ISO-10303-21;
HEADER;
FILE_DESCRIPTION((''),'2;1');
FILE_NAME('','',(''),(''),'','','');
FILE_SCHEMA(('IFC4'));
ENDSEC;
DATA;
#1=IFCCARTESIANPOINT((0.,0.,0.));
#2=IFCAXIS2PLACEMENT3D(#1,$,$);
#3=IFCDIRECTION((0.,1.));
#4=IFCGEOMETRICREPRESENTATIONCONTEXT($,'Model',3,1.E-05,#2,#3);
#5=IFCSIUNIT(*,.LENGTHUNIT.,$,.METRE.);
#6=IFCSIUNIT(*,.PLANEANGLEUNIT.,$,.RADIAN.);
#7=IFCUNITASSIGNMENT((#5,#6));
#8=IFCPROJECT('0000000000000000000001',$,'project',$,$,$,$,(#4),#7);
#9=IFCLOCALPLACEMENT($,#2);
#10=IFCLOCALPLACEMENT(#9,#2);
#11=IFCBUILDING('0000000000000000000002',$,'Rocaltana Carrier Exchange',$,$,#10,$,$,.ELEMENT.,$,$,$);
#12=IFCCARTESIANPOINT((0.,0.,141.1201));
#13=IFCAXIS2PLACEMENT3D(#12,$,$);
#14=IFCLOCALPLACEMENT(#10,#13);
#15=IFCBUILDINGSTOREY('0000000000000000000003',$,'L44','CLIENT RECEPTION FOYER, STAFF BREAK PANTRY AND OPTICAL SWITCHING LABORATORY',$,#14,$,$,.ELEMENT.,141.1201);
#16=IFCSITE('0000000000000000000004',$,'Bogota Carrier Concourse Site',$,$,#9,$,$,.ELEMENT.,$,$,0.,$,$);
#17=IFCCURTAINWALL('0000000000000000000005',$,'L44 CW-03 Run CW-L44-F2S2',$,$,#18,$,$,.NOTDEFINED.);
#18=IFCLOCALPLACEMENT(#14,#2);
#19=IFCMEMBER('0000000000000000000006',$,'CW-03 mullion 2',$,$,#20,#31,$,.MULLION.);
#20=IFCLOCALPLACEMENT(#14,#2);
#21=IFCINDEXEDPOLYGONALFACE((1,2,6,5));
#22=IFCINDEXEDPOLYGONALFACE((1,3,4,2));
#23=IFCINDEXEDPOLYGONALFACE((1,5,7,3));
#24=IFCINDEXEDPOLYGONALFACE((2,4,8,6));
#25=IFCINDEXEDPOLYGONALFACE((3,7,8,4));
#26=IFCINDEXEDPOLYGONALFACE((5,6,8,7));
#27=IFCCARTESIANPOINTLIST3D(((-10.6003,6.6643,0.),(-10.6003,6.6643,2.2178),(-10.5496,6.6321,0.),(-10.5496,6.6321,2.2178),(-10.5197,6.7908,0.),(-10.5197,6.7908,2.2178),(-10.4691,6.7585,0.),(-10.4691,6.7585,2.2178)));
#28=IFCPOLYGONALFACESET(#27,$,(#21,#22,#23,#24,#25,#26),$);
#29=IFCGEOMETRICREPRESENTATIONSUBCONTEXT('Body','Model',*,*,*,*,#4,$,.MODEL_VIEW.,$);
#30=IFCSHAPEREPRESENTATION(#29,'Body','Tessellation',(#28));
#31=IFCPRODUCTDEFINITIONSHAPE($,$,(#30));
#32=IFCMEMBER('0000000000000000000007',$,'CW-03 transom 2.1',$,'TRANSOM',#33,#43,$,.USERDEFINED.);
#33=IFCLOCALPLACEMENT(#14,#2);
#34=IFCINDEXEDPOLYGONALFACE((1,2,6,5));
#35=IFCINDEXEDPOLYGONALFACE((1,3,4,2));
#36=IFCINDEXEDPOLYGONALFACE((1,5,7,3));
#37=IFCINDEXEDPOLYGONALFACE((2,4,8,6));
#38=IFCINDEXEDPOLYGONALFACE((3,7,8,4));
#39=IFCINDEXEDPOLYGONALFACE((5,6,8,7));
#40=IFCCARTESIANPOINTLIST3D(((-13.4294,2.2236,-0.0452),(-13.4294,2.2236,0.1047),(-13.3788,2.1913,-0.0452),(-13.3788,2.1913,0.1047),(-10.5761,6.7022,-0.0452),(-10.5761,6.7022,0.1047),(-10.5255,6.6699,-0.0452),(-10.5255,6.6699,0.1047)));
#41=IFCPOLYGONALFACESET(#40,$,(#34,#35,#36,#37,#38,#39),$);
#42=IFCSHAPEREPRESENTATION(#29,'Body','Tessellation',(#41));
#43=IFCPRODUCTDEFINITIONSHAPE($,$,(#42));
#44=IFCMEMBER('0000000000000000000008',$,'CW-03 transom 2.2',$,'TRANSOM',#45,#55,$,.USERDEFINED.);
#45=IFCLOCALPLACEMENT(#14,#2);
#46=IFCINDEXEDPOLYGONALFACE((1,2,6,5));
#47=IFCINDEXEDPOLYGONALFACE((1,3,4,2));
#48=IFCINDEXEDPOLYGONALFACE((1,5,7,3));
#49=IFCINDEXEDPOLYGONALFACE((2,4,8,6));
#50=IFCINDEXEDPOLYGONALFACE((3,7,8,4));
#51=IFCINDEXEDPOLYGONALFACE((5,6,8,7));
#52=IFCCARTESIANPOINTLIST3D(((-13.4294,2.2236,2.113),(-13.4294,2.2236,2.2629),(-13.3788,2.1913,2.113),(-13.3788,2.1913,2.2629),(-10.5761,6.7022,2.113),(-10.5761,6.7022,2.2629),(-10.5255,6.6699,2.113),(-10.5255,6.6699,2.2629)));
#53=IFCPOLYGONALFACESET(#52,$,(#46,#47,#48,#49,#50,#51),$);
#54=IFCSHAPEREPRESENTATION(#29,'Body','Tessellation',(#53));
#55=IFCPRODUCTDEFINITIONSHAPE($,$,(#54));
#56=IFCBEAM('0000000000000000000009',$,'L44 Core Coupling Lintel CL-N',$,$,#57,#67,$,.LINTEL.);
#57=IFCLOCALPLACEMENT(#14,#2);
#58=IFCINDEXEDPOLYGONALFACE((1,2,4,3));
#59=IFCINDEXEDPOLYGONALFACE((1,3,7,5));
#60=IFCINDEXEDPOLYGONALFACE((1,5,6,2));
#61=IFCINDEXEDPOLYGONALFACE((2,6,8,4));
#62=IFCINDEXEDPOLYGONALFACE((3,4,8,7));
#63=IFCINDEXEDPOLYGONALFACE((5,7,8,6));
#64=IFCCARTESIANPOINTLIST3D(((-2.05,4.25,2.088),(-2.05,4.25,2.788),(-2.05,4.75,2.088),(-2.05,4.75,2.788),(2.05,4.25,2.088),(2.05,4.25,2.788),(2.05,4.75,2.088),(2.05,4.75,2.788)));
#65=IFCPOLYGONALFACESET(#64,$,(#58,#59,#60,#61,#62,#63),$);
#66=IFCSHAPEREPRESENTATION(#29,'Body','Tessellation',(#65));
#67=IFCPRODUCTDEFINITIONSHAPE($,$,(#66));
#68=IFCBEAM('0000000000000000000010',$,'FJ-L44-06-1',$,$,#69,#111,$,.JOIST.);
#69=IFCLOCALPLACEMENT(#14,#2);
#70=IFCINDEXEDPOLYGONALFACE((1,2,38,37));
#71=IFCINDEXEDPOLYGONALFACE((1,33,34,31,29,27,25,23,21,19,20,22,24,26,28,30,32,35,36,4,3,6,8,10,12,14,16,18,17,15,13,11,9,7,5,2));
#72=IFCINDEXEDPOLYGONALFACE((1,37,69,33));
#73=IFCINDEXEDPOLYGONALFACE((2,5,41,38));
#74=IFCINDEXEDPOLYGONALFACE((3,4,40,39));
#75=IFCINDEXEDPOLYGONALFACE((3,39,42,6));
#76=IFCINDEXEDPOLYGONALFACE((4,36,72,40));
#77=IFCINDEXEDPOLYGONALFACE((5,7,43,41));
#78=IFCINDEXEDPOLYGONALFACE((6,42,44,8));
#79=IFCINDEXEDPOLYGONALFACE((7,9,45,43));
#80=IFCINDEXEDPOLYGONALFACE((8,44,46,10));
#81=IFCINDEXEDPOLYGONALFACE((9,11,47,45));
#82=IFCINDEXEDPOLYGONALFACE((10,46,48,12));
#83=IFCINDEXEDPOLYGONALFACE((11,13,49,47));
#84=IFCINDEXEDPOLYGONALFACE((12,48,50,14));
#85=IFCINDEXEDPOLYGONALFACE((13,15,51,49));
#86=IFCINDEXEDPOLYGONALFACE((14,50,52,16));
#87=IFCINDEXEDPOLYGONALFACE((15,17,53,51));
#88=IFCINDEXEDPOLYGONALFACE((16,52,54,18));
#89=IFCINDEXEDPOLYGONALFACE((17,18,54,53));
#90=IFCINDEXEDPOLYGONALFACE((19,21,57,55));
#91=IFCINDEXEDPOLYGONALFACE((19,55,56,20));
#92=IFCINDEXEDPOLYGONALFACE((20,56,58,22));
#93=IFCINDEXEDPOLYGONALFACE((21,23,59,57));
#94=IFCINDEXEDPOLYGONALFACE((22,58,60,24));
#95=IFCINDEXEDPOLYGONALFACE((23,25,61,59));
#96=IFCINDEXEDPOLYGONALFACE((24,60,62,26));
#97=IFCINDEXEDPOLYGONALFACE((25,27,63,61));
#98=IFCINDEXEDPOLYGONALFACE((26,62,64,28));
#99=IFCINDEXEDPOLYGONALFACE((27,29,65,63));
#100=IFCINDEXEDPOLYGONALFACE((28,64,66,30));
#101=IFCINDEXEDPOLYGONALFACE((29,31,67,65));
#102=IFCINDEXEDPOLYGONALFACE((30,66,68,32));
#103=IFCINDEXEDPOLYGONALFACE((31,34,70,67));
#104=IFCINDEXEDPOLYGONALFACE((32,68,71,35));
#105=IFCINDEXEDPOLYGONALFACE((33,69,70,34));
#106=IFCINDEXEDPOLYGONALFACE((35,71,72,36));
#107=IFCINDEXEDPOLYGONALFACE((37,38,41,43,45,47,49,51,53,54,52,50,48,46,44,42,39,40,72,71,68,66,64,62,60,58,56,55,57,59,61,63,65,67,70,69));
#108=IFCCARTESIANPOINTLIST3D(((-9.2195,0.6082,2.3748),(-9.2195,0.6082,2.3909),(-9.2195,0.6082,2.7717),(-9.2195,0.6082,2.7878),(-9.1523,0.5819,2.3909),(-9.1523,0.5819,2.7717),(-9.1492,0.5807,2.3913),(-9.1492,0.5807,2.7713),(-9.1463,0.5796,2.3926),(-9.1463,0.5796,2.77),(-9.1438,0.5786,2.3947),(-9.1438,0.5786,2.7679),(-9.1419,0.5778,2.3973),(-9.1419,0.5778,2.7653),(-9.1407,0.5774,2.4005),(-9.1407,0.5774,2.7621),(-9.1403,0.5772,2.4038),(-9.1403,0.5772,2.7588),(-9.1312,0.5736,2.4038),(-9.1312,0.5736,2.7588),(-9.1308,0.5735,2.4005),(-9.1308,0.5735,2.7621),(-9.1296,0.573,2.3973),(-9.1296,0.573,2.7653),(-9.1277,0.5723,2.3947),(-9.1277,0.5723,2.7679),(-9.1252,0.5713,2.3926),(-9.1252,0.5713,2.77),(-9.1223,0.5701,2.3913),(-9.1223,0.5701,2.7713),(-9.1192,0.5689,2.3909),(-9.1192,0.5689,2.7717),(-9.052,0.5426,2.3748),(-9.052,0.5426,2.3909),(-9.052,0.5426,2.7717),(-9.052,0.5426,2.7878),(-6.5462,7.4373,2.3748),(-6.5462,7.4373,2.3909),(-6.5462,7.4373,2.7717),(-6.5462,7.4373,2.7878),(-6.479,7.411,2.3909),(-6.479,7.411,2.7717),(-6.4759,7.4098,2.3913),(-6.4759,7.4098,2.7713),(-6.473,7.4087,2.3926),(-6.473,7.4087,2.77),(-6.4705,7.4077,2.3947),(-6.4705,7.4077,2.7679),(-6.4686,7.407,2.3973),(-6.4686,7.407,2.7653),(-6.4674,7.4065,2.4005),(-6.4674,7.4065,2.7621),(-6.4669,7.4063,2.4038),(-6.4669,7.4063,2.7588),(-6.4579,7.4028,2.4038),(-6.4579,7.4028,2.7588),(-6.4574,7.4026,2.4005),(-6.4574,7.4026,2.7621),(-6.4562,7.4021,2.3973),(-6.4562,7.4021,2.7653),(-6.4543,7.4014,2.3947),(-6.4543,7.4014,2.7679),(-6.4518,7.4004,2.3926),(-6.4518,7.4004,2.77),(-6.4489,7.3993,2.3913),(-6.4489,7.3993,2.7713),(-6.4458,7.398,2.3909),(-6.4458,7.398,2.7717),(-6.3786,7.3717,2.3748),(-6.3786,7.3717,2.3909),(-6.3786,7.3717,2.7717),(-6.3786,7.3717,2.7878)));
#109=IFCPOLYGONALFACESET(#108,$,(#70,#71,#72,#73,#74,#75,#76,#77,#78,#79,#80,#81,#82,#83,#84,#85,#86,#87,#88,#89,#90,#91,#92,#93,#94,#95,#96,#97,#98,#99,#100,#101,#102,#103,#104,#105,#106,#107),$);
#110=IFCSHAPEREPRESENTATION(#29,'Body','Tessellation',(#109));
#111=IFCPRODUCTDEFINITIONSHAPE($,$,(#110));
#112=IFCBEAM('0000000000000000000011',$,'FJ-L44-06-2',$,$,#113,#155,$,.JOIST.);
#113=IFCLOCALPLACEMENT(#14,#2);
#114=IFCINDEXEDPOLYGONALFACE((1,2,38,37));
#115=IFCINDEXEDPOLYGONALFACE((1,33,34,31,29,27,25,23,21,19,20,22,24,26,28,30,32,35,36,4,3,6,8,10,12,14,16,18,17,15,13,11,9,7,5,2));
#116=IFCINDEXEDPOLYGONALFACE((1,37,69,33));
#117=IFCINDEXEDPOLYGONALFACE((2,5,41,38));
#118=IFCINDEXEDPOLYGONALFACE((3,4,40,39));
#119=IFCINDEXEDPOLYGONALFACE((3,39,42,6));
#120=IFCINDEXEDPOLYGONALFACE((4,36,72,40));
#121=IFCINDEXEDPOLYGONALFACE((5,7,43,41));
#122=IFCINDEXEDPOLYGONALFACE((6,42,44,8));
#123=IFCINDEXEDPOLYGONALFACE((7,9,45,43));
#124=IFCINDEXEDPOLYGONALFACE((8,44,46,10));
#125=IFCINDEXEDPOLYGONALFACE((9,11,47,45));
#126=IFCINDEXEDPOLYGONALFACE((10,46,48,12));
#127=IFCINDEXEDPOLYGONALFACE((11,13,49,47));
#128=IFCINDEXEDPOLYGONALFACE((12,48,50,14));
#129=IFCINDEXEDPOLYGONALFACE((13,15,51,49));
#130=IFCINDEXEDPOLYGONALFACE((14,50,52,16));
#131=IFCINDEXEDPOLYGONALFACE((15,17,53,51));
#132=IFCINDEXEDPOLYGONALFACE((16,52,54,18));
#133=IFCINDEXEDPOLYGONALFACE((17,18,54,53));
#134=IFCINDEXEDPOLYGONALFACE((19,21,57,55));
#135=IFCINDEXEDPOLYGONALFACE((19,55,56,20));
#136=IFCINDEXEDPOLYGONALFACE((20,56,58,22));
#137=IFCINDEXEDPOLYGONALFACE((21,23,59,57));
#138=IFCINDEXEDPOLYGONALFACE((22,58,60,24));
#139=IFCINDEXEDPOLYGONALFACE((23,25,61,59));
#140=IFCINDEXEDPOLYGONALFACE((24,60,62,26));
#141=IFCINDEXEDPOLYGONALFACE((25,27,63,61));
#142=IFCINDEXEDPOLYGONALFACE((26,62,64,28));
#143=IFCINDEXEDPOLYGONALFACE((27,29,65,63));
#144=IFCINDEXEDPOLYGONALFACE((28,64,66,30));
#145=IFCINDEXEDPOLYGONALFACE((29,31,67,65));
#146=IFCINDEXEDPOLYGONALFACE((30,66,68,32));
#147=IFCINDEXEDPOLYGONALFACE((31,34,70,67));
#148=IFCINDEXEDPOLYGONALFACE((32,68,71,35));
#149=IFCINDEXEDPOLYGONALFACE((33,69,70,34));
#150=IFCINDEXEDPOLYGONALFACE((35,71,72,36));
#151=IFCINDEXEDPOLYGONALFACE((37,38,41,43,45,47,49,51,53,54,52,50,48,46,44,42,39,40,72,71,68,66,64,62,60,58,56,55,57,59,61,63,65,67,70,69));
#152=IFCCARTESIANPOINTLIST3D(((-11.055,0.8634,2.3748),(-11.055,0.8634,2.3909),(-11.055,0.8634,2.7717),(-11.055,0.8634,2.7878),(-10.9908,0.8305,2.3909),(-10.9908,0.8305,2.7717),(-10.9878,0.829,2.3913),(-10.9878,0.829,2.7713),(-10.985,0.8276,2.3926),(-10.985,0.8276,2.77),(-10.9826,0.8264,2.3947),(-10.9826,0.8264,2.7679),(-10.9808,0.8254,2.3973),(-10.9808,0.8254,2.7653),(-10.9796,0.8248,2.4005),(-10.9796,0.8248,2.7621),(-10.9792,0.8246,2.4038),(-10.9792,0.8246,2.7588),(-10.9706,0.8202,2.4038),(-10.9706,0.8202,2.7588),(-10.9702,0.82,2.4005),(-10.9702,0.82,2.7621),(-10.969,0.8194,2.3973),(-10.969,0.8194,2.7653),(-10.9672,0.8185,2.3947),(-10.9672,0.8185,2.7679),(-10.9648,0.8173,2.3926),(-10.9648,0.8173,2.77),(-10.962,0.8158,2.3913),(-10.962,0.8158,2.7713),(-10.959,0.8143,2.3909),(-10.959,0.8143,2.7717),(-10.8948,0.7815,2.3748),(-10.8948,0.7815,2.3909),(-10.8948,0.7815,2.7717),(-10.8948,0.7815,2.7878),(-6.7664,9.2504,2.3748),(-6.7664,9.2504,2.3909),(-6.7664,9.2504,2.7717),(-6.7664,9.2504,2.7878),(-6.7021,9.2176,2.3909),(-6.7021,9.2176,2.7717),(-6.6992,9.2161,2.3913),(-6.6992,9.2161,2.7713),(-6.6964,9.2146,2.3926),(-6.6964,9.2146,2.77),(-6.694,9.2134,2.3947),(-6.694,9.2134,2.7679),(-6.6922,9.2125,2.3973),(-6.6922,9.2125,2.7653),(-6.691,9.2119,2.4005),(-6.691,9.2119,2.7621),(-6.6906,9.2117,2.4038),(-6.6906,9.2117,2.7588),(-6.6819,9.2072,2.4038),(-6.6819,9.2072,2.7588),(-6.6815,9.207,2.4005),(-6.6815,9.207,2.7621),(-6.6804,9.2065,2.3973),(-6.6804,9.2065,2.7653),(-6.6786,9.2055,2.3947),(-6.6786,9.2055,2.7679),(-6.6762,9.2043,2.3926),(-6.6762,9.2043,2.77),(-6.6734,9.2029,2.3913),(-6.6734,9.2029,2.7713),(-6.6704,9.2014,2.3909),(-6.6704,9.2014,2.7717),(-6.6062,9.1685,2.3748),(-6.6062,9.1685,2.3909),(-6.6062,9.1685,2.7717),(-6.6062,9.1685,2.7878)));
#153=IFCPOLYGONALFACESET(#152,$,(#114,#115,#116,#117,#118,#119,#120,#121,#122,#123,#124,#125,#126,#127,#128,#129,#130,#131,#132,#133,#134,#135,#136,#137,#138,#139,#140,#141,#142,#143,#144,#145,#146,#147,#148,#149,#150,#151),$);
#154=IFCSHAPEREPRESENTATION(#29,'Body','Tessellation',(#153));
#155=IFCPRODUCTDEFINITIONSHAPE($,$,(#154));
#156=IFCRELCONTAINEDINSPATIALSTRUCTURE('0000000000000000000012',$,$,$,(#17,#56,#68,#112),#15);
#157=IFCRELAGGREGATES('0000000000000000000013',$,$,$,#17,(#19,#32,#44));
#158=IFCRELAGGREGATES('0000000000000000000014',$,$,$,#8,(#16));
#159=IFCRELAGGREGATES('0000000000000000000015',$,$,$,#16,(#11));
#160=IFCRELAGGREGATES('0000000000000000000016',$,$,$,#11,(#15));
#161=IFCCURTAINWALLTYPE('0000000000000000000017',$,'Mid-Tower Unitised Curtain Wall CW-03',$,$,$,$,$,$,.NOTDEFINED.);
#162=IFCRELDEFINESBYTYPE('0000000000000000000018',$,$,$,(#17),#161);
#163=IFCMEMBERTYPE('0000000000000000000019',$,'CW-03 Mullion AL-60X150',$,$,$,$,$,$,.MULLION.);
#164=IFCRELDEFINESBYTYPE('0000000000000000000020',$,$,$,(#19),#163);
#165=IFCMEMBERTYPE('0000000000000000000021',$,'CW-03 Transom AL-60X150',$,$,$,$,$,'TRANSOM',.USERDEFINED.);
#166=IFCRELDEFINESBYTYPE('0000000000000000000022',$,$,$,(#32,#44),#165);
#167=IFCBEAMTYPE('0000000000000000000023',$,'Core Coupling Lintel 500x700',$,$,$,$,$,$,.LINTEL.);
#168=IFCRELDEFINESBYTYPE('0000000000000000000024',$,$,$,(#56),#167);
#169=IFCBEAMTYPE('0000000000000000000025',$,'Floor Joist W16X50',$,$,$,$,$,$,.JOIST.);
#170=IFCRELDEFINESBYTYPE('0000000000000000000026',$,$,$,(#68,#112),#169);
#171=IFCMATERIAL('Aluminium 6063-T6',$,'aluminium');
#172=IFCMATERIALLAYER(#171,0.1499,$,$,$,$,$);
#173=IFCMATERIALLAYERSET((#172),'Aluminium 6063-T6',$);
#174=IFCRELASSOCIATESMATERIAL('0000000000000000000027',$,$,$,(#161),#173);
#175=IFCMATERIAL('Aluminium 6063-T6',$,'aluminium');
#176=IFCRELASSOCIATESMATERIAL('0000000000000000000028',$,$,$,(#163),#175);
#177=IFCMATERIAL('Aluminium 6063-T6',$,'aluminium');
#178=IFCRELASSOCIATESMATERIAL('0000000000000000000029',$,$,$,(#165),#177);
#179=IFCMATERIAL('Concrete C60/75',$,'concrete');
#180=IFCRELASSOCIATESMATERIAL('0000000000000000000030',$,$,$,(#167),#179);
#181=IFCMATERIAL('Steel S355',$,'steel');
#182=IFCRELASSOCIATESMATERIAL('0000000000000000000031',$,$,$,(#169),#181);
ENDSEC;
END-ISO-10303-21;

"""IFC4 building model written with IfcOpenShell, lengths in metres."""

from ifc_helpers import new_model, si_unit, direction, frame, origin, origin_2d, place, context, subcontext, project, spatial, rectangle, i_section, extrude, material, layer, layer_set, material_profile, profile_set, type_object, element, aggregate, save


model = new_model("IFC4")

# Units and contexts
model_context = context("Model", 3, precision=1e-05, world=origin(), true_north=direction((0.0, 1.0)))
body_context = subcontext(model_context, "Body", "Model", "MODEL_VIEW")
ifc_project = project(units=[si_unit("LENGTHUNIT", "METRE"), si_unit("PLANEANGLEUNIT", "RADIAN")], contexts=[model_context])

# Site, building, storey
site_placement = place(None, origin())
site = spatial("IfcSite", under=ifc_project, at=site_placement, Name="Bogota Carrier Concourse Site", CompositionType="ELEMENT", RefElevation=0.0)
building_placement = place(site_placement, origin())
building = spatial("IfcBuilding", under=site, at=building_placement, Name="Rocaltana Carrier Exchange", CompositionType="ELEMENT")
storey_placement = place(building_placement, frame((0.0, 0.0, 141.1201)))
storey = spatial("IfcBuildingStorey", under=building, at=storey_placement, Name="L44", Description="CLIENT RECEPTION FOYER, STAFF BREAK PANTRY AND OPTICAL SWITCHING LABORATORY", CompositionType="ELEMENT", Elevation=141.1201)

# Curtain wall, members
ifc_material_1 = material(Name="Aluminium 6063-T6", Category="aluminium")
ifc_layer_1 = layer(ifc_material_1, 0.1499)
ifc_layer_set_1 = layer_set([ifc_layer_1], Name="Aluminium 6063-T6")
curtain_wall_type = type_object("IfcCurtainWallType", Name="Mid-Tower Unitised Curtain Wall CW-03", PredefinedType="NOTDEFINED", material=ifc_layer_set_1)
curtain_wall_placement = place(storey_placement, origin())
curtain_wall = element("IfcCurtainWall", 1, at=curtain_wall_placement, inside=storey, type_object=curtain_wall_type, Name="L44 CW-03 Run CW-L44-F2S2", PredefinedType="NOTDEFINED")
ifc_material_2 = material(Name="Aluminium 6063-T6", Category="aluminium")
ifc_material_profile_1 = material_profile(ifc_material_2, rectangle(XDim=0.0601, YDim=0.1499, at=origin_2d()), Name="AL-60X150")
ifc_profile_set_1 = profile_set([ifc_material_profile_1], Name="Aluminium 6063-T6")
member_type_1 = type_object("IfcMemberType", Name="CW-03 Mullion AL-60X150", PredefinedType="MULLION", material=ifc_profile_set_1)
member_1_placement = place(storey_placement, frame((-10.5347, 6.7114, 0.0), z_axis=(0.0, 0.0, 1.0), x_axis=(0.843391, -0.537301, 0.0)))
member_1 = element("IfcMember", 2, at=member_1_placement, type_object=member_type_1, Name="CW-03 mullion 2", PredefinedType="MULLION", context=body_context, shape_type="SweptSolid", body=[
    extrude(rectangle(XDim=0.0601, YDim=0.1499, at=origin_2d()), origin(), (0.0, 0.0, 1.0), 2.2178),
])
ifc_material_3 = material(Name="Aluminium 6063-T6", Category="aluminium")
ifc_material_profile_2 = material_profile(ifc_material_3, rectangle(XDim=0.0601, YDim=0.1499, at=origin_2d()), Name="AL-60X150")
ifc_profile_set_2 = profile_set([ifc_material_profile_2], Name="Aluminium 6063-T6")
member_type_2 = type_object("IfcMemberType", Name="CW-03 Transom AL-60X150", ElementType="TRANSOM", PredefinedType="USERDEFINED", material=ifc_profile_set_2)
member_2_placement = place(storey_placement, frame((-10.5508, 6.686, 0.0298), z_axis=(-0.537319, -0.843379, 0.0), x_axis=(0.843379, -0.537319, 0.0)))
member_2 = element("IfcMember", 3, at=member_2_placement, type_object=member_type_2, Name="CW-03 transom 2.1", ObjectType="TRANSOM", PredefinedType="USERDEFINED", context=body_context, shape_type="SweptSolid", body=[
    extrude(rectangle(XDim=0.0601, YDim=0.1499, at=origin_2d()), origin(), (0.0, 0.0, 1.0), 5.3103),
])
member_3_placement = place(storey_placement, frame((-10.5508, 6.686, 2.188), z_axis=(-0.537319, -0.843379, 0.0), x_axis=(0.843379, -0.537319, 0.0)))
member_3 = element("IfcMember", 4, at=member_3_placement, type_object=member_type_2, Name="CW-03 transom 2.2", ObjectType="TRANSOM", PredefinedType="USERDEFINED", context=body_context, shape_type="SweptSolid", body=[
    extrude(rectangle(XDim=0.0601, YDim=0.1499, at=origin_2d()), origin(), (0.0, 0.0, 1.0), 5.3103),
])

# Beams
ifc_material_4 = material(Name="Concrete C60/75", Category="concrete")
ifc_material_profile_3 = material_profile(ifc_material_4, rectangle(XDim=0.5, YDim=0.7, at=origin_2d()), Name="RC-BM-500X700")
ifc_profile_set_3 = profile_set([ifc_material_profile_3], Name="Concrete C60/75")
beam_type_1 = type_object("IfcBeamType", Name="Core Coupling Lintel 500x700", PredefinedType="LINTEL", material=ifc_profile_set_3)
beam_1_placement = place(storey_placement, frame((-2.05, 4.5, 2.438), z_axis=(1.0, 0.0, 0.0), x_axis=(0.0, 1.0, 0.0)))
element("IfcBeam", 5, at=beam_1_placement, inside=storey, type_object=beam_type_1, Name="L44 Core Coupling Lintel CL-N", PredefinedType="LINTEL", context=body_context, shape_type="SweptSolid", body=[
    extrude(rectangle(XDim=0.5, YDim=0.7, at=origin_2d()), origin(), (0.0, 0.0, 1.0), 4.1001),
])
ifc_material_5 = material(Name="Steel S355", Category="steel")
ifc_material_profile_4 = material_profile(ifc_material_5, i_section(OverallWidth=0.1799, OverallDepth=0.4131, WebThickness=0.0098, FlangeThickness=0.0161, FilletRadius=0.0129, at=origin_2d()), Name="W16X50")
ifc_profile_set_4 = profile_set([ifc_material_profile_4], Name="Steel S355")
beam_type_2 = type_object("IfcBeamType", Name="Floor Joist W16X50", PredefinedType="JOIST", material=ifc_profile_set_4)
beam_2_placement = place(storey_placement, frame((-6.4624, 7.4045, 2.5813), z_axis=(-0.364527, -0.931193, 0.0), x_axis=(0.931193, -0.364527, 0.0)))
element("IfcBeam", 6, at=beam_2_placement, inside=storey, type_object=beam_type_2, Name="FJ-L44-06-1", PredefinedType="JOIST", context=body_context, shape_type="SweptSolid", body=[
    extrude(i_section(OverallWidth=0.1799, OverallDepth=0.4131, WebThickness=0.0098, FlangeThickness=0.0161, FilletRadius=0.0129, at=origin_2d()), origin(), (0.0, 0.0, 1.0), 7.3337),
])
beam_3_placement = place(storey_placement, frame((-6.6863, 9.2095, 2.5813), z_axis=(-0.455271, -0.890353, 0.0), x_axis=(0.890353, -0.455271, 0.0)))
element("IfcBeam", 7, at=beam_3_placement, inside=storey, type_object=beam_type_2, Name="FJ-L44-06-2", PredefinedType="JOIST", context=body_context, shape_type="SweptSolid", body=[
    extrude(i_section(OverallWidth=0.1799, OverallDepth=0.4131, WebThickness=0.0098, FlangeThickness=0.0161, FilletRadius=0.0129, at=origin_2d()), origin(), (0.0, 0.0, 1.0), 9.4199),
])

aggregate(curtain_wall, [member_1, member_2, member_3])

save(model, "model.ifc")
